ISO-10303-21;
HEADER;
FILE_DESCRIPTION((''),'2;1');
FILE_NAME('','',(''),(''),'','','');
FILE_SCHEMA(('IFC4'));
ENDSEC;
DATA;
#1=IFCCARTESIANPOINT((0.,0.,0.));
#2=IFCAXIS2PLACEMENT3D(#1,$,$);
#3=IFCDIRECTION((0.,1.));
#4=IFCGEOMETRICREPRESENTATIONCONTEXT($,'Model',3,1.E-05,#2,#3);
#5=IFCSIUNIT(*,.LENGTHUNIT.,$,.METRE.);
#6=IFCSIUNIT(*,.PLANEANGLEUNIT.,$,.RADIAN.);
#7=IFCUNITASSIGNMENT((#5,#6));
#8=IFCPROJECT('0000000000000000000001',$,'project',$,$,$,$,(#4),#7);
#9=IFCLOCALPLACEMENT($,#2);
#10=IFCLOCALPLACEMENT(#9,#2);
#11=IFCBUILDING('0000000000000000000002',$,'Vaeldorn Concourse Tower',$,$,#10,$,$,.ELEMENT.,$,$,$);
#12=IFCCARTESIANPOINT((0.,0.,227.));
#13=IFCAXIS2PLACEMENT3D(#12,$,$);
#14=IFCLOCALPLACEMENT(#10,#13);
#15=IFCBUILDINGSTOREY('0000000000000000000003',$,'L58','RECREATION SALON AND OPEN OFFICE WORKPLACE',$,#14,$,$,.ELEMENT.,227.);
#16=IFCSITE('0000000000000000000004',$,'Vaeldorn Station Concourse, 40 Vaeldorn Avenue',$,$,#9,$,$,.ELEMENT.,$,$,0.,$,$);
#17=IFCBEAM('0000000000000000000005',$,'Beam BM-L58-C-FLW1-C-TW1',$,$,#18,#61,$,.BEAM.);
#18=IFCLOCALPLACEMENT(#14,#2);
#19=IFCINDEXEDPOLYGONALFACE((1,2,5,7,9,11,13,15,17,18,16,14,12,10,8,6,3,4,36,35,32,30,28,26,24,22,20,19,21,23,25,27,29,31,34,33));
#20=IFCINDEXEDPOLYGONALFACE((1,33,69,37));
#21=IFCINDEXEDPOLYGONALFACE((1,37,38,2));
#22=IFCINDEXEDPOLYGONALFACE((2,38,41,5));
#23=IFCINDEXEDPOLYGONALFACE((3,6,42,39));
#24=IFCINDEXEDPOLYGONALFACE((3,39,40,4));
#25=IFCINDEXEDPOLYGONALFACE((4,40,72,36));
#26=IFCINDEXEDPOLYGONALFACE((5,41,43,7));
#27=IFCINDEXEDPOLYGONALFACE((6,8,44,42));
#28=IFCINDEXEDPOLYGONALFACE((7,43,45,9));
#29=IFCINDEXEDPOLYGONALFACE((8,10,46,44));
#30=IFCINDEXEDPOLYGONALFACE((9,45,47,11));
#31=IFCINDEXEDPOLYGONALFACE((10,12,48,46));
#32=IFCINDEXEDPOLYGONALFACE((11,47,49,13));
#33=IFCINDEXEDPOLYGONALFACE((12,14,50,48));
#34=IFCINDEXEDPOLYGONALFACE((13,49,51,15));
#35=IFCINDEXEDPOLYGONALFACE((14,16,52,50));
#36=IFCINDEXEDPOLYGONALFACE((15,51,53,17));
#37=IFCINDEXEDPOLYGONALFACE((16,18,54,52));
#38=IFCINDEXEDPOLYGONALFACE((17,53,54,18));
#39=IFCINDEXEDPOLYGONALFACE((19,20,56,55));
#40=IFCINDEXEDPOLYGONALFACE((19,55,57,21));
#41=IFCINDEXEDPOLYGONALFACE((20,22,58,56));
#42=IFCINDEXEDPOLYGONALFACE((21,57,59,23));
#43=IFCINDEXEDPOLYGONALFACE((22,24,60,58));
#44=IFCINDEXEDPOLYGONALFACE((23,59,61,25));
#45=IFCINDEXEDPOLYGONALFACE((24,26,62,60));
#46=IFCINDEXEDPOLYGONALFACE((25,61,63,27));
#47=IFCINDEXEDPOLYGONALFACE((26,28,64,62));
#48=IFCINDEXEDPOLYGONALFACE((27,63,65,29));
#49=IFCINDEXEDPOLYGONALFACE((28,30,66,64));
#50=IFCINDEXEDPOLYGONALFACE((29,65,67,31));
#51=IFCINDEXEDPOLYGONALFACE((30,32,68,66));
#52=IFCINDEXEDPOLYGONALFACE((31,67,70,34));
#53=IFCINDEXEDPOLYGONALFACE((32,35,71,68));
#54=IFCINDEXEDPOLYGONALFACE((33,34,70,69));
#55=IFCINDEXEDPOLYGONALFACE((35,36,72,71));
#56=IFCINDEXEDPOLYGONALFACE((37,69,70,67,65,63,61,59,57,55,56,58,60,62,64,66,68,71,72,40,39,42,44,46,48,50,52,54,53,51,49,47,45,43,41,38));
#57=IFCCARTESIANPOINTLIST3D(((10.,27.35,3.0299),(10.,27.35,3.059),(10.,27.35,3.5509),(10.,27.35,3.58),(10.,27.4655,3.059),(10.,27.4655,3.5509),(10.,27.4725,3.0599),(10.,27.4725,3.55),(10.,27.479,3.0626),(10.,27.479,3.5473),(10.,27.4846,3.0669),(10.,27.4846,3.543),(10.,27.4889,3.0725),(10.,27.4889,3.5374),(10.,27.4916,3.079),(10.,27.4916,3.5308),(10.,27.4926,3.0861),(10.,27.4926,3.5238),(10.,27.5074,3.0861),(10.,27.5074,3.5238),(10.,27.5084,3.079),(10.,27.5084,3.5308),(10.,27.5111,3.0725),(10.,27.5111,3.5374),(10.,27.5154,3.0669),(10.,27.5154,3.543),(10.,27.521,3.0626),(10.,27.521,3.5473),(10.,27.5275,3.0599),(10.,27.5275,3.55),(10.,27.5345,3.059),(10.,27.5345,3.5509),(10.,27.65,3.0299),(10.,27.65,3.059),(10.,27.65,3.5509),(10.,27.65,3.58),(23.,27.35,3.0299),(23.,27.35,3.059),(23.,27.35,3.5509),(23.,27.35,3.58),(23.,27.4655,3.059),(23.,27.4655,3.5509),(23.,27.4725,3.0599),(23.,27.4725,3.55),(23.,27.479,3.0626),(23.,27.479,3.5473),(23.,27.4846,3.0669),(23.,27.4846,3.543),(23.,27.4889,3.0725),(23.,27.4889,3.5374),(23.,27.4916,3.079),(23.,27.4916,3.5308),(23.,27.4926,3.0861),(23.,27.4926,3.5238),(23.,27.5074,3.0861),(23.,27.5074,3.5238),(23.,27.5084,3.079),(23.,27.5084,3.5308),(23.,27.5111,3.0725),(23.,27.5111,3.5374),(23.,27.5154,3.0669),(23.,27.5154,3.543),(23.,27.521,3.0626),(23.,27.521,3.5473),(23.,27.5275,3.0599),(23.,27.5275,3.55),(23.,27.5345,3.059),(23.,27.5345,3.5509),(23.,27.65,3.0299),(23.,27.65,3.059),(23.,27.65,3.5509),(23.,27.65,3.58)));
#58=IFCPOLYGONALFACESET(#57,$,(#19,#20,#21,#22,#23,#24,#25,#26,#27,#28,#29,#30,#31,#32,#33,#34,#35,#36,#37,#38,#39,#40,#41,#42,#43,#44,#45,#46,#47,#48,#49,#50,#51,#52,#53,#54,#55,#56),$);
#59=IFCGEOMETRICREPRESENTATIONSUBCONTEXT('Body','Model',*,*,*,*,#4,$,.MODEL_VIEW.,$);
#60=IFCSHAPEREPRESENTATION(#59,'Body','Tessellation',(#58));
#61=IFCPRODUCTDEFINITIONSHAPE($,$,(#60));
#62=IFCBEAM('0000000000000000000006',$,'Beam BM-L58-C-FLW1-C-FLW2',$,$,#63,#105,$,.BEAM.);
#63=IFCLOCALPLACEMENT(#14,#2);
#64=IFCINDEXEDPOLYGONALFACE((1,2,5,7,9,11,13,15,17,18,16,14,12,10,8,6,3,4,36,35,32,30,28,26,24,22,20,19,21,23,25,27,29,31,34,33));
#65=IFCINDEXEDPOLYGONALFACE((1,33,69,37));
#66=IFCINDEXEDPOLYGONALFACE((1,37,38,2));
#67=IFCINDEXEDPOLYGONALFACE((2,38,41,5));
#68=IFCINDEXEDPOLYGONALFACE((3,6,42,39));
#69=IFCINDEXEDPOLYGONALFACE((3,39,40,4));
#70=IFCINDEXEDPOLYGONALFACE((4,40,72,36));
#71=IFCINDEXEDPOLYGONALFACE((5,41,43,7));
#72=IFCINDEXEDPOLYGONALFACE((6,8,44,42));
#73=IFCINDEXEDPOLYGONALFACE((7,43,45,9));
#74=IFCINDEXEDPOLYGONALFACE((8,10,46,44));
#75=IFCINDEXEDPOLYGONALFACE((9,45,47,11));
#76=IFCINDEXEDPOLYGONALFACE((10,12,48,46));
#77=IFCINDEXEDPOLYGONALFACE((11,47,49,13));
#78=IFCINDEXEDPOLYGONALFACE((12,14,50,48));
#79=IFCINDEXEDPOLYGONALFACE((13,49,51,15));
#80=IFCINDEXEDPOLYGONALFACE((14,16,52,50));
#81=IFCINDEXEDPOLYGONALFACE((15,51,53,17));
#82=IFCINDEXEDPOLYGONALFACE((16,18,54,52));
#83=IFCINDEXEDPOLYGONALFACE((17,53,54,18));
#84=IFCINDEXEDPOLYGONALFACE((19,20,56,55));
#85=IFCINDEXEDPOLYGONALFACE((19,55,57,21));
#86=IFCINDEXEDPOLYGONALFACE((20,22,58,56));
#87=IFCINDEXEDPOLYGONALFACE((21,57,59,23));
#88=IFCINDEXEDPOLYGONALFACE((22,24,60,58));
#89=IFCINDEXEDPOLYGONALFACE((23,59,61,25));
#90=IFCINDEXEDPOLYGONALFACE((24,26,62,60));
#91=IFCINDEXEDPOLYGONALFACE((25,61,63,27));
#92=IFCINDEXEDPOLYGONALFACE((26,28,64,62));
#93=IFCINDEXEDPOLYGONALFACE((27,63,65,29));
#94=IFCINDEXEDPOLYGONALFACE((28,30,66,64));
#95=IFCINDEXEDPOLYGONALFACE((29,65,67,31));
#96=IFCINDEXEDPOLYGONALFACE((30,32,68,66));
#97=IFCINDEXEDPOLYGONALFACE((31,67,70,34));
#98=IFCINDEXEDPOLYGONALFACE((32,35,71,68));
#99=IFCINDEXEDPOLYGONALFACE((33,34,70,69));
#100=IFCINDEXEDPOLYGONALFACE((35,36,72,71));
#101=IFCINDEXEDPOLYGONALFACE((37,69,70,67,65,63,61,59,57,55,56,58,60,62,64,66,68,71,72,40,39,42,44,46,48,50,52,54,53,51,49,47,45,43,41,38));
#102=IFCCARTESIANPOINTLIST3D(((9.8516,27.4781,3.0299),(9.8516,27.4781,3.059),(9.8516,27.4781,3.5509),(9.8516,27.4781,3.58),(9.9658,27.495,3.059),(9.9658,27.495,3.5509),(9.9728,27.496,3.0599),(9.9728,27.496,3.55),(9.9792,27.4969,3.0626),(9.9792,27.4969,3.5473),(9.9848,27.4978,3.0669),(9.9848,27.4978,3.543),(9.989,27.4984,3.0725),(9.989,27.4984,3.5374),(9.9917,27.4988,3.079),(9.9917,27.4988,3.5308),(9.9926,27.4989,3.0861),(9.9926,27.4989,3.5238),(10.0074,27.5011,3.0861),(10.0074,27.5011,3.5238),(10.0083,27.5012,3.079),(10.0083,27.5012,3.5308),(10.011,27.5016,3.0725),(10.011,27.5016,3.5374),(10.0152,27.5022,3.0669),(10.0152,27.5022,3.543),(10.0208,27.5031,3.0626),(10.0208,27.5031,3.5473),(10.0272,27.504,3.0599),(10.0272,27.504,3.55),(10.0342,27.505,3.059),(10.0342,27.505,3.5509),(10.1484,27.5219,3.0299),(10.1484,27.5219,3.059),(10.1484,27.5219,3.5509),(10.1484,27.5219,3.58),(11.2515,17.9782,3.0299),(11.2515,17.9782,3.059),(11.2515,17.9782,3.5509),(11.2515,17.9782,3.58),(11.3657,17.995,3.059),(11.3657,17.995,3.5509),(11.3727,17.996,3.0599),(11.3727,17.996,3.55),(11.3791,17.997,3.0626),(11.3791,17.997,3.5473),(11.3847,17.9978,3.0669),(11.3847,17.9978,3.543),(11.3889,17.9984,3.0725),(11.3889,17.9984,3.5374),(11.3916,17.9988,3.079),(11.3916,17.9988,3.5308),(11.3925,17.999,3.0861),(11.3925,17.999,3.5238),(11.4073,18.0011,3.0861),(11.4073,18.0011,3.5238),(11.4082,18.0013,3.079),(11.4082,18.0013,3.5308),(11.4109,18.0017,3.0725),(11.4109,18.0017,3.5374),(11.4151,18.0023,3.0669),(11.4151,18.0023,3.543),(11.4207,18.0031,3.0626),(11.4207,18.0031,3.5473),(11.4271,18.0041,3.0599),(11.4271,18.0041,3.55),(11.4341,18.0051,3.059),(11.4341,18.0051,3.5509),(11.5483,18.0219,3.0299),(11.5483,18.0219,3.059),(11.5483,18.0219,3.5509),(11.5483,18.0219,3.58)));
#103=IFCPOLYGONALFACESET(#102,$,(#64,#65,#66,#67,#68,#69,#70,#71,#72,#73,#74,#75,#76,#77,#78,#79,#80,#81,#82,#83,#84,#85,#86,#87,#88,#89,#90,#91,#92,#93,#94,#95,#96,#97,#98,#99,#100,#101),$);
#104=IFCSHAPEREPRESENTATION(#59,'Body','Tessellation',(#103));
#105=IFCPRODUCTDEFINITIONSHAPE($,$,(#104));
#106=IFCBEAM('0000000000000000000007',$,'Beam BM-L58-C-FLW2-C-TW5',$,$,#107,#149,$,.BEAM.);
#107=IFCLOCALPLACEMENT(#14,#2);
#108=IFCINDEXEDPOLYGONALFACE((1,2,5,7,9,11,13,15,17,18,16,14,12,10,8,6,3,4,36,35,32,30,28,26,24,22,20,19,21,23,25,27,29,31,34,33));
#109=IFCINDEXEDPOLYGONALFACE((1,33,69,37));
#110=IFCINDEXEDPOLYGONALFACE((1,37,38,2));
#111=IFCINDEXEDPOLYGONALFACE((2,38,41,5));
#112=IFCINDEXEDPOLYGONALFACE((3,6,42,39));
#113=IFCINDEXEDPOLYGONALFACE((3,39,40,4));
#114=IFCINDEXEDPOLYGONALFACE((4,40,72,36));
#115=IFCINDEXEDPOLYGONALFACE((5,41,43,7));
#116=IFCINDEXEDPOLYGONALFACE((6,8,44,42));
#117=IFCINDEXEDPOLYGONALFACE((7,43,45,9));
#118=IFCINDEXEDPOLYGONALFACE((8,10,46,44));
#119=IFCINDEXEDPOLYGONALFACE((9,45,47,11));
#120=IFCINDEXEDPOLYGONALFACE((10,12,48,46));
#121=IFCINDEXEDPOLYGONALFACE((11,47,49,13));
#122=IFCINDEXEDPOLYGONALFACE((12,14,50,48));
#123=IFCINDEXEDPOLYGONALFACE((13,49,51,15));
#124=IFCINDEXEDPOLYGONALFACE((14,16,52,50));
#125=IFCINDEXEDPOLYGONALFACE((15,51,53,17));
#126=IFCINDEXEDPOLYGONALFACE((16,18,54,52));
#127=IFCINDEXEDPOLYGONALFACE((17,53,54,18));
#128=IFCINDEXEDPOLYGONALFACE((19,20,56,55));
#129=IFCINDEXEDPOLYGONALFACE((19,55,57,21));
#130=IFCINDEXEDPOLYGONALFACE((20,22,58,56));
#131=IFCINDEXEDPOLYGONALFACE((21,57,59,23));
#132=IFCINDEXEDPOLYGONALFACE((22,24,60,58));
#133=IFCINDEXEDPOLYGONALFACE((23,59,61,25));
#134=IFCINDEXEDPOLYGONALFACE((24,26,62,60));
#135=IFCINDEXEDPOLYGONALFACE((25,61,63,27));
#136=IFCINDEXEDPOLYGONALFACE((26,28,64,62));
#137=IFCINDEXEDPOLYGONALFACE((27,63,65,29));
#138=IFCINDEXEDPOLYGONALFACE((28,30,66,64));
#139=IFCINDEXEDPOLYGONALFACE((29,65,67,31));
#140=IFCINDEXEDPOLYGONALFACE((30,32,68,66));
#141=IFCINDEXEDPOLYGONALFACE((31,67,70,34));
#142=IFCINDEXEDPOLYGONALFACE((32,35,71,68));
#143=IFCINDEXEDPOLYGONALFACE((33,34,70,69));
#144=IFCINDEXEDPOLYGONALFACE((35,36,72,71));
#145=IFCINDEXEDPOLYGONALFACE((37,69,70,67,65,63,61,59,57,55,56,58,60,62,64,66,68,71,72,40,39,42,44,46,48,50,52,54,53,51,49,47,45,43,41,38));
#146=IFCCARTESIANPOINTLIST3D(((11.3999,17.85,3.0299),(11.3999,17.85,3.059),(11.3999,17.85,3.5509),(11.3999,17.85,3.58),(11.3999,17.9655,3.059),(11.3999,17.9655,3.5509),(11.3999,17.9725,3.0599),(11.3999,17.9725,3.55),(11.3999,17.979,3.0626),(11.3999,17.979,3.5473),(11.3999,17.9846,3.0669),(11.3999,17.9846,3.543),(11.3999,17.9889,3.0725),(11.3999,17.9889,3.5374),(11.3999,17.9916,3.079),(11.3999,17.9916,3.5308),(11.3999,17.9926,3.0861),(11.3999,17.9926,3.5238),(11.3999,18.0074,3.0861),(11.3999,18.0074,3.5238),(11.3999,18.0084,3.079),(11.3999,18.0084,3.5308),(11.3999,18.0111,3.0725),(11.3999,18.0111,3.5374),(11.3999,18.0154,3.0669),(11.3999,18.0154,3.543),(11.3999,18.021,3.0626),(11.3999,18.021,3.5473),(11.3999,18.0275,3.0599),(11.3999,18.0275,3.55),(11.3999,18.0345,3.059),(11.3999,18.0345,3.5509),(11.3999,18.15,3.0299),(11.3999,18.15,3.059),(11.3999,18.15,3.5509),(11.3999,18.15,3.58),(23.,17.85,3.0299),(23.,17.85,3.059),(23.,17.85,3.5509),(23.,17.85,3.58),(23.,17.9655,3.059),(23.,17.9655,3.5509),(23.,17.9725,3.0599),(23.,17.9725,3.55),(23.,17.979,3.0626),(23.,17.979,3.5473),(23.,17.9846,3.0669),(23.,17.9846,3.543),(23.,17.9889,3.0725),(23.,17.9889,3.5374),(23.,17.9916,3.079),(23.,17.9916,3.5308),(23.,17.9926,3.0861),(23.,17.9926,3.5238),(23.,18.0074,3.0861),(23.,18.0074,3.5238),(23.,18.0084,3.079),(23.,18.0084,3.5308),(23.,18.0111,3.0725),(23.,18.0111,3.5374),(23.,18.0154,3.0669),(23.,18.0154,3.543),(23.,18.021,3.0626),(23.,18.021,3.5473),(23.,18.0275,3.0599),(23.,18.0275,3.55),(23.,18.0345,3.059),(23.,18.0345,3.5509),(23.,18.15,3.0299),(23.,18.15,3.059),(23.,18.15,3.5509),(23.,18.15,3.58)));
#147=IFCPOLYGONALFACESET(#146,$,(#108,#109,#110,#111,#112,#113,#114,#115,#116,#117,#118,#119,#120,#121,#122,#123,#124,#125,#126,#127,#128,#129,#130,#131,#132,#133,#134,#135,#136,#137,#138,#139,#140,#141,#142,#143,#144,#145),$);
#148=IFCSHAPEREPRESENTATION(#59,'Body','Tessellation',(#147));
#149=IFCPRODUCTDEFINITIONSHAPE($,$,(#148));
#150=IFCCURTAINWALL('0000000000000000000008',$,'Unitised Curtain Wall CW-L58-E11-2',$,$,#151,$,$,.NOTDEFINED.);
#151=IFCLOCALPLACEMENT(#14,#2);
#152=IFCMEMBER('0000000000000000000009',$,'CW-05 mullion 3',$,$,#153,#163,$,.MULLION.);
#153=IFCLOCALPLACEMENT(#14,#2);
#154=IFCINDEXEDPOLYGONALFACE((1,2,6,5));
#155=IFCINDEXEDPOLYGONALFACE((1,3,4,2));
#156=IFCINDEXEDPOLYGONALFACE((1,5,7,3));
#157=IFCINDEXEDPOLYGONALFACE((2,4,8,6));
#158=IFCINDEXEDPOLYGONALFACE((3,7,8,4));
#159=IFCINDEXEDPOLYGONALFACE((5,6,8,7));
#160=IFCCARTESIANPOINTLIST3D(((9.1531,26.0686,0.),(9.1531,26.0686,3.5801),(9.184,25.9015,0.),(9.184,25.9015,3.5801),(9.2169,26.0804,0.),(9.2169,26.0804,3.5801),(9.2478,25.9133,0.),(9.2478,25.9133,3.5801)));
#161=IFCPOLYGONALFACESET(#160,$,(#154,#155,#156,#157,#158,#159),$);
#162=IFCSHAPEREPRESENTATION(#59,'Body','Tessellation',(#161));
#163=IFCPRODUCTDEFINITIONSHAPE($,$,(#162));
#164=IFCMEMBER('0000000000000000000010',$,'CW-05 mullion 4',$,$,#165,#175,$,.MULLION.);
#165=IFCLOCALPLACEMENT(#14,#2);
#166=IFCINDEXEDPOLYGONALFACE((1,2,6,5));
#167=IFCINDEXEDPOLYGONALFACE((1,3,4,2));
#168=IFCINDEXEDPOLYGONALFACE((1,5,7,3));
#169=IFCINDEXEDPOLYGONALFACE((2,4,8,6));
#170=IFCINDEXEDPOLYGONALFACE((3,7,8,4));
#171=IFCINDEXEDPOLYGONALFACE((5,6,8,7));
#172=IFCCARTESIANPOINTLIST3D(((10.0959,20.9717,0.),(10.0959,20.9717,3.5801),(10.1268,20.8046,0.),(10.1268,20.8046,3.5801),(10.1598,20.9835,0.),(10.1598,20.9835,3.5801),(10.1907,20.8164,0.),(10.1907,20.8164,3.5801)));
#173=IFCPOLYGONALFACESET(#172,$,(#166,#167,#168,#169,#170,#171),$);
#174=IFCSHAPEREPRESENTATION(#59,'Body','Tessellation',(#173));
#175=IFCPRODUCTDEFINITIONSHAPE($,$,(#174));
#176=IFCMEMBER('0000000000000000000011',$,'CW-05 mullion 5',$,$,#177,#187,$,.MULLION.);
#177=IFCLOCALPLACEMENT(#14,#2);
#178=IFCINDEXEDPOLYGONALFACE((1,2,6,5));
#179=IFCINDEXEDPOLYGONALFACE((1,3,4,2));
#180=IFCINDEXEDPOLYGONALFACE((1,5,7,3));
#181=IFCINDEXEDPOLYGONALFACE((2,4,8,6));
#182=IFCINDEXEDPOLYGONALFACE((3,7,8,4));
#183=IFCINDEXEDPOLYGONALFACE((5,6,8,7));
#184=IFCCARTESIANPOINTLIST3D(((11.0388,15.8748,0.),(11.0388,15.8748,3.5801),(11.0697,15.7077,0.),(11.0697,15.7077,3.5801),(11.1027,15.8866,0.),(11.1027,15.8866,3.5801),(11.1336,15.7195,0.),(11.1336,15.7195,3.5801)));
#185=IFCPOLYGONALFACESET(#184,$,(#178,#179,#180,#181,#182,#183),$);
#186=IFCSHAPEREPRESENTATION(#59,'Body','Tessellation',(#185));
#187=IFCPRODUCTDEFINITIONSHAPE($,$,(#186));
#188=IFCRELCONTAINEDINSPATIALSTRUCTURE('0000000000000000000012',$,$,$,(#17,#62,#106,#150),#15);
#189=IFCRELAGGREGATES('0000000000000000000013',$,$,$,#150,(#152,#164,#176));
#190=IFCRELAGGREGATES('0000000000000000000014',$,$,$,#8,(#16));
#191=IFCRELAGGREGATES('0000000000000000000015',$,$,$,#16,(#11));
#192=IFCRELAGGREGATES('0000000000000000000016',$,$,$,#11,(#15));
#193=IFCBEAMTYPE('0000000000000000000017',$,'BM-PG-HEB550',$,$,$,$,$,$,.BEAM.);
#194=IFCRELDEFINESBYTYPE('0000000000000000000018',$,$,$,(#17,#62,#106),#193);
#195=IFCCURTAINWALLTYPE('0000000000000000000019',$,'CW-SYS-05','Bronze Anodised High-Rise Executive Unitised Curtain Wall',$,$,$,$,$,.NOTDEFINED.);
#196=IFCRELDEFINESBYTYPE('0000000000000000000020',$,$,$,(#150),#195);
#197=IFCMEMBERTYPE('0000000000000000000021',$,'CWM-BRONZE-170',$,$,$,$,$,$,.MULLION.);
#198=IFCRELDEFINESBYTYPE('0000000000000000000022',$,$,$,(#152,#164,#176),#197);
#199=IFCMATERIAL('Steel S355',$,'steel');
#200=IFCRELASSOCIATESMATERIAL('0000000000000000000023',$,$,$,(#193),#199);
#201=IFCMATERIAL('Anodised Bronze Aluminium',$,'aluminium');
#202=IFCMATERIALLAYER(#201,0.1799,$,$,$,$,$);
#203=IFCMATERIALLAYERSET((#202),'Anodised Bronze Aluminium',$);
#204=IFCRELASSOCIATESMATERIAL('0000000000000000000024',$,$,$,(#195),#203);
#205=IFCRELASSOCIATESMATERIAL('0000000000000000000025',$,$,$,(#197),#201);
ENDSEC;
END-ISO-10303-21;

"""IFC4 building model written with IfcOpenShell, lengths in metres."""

from ifc_helpers import new_model, si_unit, direction, frame, origin, origin_2d, place, context, subcontext, project, spatial, rectangle, i_section, extrude, source, transform, mapped, material, layer, layer_set, material_profile, profile_set, type_object, element, aggregate, save


model = new_model("IFC4")

# Units and contexts
model_context = context("Model", 3, precision=1e-05, world=origin(), true_north=direction((0.0, 1.0)))
body_context = subcontext(model_context, "Body", "Model", "MODEL_VIEW")
ifc_project = project(units=[si_unit("LENGTHUNIT", "METRE"), si_unit("PLANEANGLEUNIT", "RADIAN")], contexts=[model_context])

# Site, building, storey
site_placement = place(None, origin())
site = spatial("IfcSite", under=ifc_project, at=site_placement, Name="Vaeldorn Station Concourse, 40 Vaeldorn Avenue", CompositionType="ELEMENT", RefElevation=0.0)
building_placement = place(site_placement, origin())
building = spatial("IfcBuilding", under=site, at=building_placement, Name="Vaeldorn Concourse Tower", CompositionType="ELEMENT")
storey_placement = place(building_placement, frame((0.0, 0.0, 227.0)))
storey = spatial("IfcBuildingStorey", under=building, at=storey_placement, Name="L58", Description="RECREATION SALON AND OPEN OFFICE WORKPLACE", CompositionType="ELEMENT", Elevation=227.0)

# Shared definitions
ifc_material_1 = material(Name="Steel S355", Category="steel")

# Beams
ifc_material_profile_1 = material_profile(ifc_material_1, i_section(OverallWidth=0.3, OverallDepth=0.55, WebThickness=0.0149, FlangeThickness=0.0291, FilletRadius=0.0271, at=origin_2d()), Name="HEB 550")
ifc_profile_set_1 = profile_set([ifc_material_profile_1], Name="Steel S355")
beam_type_1 = type_object("IfcBeamType", Name="BM-PG-HEB550", PredefinedType="BEAM", material=ifc_profile_set_1)
shared_shape_1 = source(origin(), body_context, "Body", "SweptSolid", [
    extrude(i_section(OverallWidth=0.3, OverallDepth=0.55, WebThickness=0.0149, FlangeThickness=0.0291, FilletRadius=0.0271, at=origin_2d()), origin(), (0.0, 0.0, 1.0), 13.0),
])
beam_1_placement = place(storey_placement, frame((10.0, 27.5, 3.3049), z_axis=(1.0, 0.0, 0.0), x_axis=(0.0, 1.0, 0.0)))
element("IfcBeam", 1, at=beam_1_placement, inside=storey, type_object=beam_type_1, Name="Beam BM-L58-C-FLW1-C-TW1", PredefinedType="BEAM", context=body_context, shape_type="MappedRepresentation", body=[
    mapped(shared_shape_1, transform((0.0, 0.0, 0.0), scale=1.0)),
])
shared_shape_2 = source(origin(), body_context, "Body", "SweptSolid", [
    extrude(i_section(OverallWidth=0.3, OverallDepth=0.55, WebThickness=0.0149, FlangeThickness=0.0291, FilletRadius=0.0271, at=origin_2d()), origin(), (0.0, 0.0, 1.0), 9.6025),
])
beam_2_placement = place(storey_placement, frame((10.0, 27.5, 3.3049), z_axis=(0.145784, -0.989316, 0.0), x_axis=(0.989316, 0.145784, 0.0)))
element("IfcBeam", 2, at=beam_2_placement, inside=storey, type_object=beam_type_1, Name="Beam BM-L58-C-FLW1-C-FLW2", PredefinedType="BEAM", context=body_context, shape_type="MappedRepresentation", body=[
    mapped(shared_shape_2, transform((0.0, 0.0, 0.0), scale=1.0)),
])
shared_shape_3 = source(origin(), body_context, "Body", "SweptSolid", [
    extrude(i_section(OverallWidth=0.3, OverallDepth=0.55, WebThickness=0.0149, FlangeThickness=0.0291, FilletRadius=0.0271, at=origin_2d()), origin(), (0.0, 0.0, 1.0), 11.6001),
])
beam_3_placement = place(storey_placement, frame((11.3999, 18.0, 3.3049), z_axis=(1.0, 0.0, 0.0), x_axis=(0.0, 1.0, 0.0)))
element("IfcBeam", 3, at=beam_3_placement, inside=storey, type_object=beam_type_1, Name="Beam BM-L58-C-FLW2-C-TW5", PredefinedType="BEAM", context=body_context, shape_type="MappedRepresentation", body=[
    mapped(shared_shape_3, transform((0.0, 0.0, 0.0), scale=1.0)),
])

# Curtain wall, members
ifc_material_2 = material(Name="Anodised Bronze Aluminium", Category="aluminium")
ifc_layer_1 = layer(ifc_material_2, 0.1799)
ifc_layer_set_1 = layer_set([ifc_layer_1], Name="Anodised Bronze Aluminium")
curtain_wall_type = type_object("IfcCurtainWallType", Name="CW-SYS-05", Description="Bronze Anodised High-Rise Executive Unitised Curtain Wall", PredefinedType="NOTDEFINED", material=ifc_layer_set_1)
curtain_wall_placement = place(storey_placement, origin())
curtain_wall = element("IfcCurtainWall", 4, at=curtain_wall_placement, inside=storey, type_object=curtain_wall_type, Name="Unitised Curtain Wall CW-L58-E11-2", PredefinedType="NOTDEFINED")
ifc_material_profile_2 = material_profile(ifc_material_2, rectangle(XDim=0.0649, YDim=0.1699, at=origin_2d()), Name="CWM 65x170")
ifc_profile_set_2 = profile_set([ifc_material_profile_2], Name="Anodised Bronze Aluminium")
member_type_1 = type_object("IfcMemberType", Name="CWM-BRONZE-170", PredefinedType="MULLION", material=ifc_profile_set_2)
shared_shape_4 = source(origin(), body_context, "Body", "SweptSolid", [
    extrude(rectangle(XDim=0.0649, YDim=0.1699, at=origin_2d()), origin(), (0.0, 0.0, 1.0), 3.5801),
])
member_1_placement = place(storey_placement, frame((9.2004, 25.991, 0.0), z_axis=(0.0, 0.0, 1.0), x_axis=(0.983319, 0.18189, 0.0)))
member_1 = element("IfcMember", 5, at=member_1_placement, type_object=member_type_1, Name="CW-05 mullion 3", PredefinedType="MULLION", context=body_context, shape_type="MappedRepresentation", body=[
    mapped(shared_shape_4, transform((0.0, 0.0, 0.0), scale=1.0)),
])
member_2_placement = place(storey_placement, frame((10.1433, 20.894, 0.0), z_axis=(0.0, 0.0, 1.0), x_axis=(0.983319, 0.18189, 0.0)))
member_2 = element("IfcMember", 6, at=member_2_placement, type_object=member_type_1, Name="CW-05 mullion 4", PredefinedType="MULLION", context=body_context, shape_type="MappedRepresentation", body=[
    mapped(shared_shape_4, transform((0.0, 0.0, 0.0), scale=1.0)),
])
member_3_placement = place(storey_placement, frame((11.0862, 15.7971, 0.0), z_axis=(0.0, 0.0, 1.0), x_axis=(0.983319, 0.18189, 0.0)))
member_3 = element("IfcMember", 7, at=member_3_placement, type_object=member_type_1, Name="CW-05 mullion 5", PredefinedType="MULLION", context=body_context, shape_type="MappedRepresentation", body=[
    mapped(shared_shape_4, transform((0.0, 0.0, 0.0), scale=1.0)),
])
aggregate(curtain_wall, [member_1, member_2, member_3])

save(model, "model.ifc")
